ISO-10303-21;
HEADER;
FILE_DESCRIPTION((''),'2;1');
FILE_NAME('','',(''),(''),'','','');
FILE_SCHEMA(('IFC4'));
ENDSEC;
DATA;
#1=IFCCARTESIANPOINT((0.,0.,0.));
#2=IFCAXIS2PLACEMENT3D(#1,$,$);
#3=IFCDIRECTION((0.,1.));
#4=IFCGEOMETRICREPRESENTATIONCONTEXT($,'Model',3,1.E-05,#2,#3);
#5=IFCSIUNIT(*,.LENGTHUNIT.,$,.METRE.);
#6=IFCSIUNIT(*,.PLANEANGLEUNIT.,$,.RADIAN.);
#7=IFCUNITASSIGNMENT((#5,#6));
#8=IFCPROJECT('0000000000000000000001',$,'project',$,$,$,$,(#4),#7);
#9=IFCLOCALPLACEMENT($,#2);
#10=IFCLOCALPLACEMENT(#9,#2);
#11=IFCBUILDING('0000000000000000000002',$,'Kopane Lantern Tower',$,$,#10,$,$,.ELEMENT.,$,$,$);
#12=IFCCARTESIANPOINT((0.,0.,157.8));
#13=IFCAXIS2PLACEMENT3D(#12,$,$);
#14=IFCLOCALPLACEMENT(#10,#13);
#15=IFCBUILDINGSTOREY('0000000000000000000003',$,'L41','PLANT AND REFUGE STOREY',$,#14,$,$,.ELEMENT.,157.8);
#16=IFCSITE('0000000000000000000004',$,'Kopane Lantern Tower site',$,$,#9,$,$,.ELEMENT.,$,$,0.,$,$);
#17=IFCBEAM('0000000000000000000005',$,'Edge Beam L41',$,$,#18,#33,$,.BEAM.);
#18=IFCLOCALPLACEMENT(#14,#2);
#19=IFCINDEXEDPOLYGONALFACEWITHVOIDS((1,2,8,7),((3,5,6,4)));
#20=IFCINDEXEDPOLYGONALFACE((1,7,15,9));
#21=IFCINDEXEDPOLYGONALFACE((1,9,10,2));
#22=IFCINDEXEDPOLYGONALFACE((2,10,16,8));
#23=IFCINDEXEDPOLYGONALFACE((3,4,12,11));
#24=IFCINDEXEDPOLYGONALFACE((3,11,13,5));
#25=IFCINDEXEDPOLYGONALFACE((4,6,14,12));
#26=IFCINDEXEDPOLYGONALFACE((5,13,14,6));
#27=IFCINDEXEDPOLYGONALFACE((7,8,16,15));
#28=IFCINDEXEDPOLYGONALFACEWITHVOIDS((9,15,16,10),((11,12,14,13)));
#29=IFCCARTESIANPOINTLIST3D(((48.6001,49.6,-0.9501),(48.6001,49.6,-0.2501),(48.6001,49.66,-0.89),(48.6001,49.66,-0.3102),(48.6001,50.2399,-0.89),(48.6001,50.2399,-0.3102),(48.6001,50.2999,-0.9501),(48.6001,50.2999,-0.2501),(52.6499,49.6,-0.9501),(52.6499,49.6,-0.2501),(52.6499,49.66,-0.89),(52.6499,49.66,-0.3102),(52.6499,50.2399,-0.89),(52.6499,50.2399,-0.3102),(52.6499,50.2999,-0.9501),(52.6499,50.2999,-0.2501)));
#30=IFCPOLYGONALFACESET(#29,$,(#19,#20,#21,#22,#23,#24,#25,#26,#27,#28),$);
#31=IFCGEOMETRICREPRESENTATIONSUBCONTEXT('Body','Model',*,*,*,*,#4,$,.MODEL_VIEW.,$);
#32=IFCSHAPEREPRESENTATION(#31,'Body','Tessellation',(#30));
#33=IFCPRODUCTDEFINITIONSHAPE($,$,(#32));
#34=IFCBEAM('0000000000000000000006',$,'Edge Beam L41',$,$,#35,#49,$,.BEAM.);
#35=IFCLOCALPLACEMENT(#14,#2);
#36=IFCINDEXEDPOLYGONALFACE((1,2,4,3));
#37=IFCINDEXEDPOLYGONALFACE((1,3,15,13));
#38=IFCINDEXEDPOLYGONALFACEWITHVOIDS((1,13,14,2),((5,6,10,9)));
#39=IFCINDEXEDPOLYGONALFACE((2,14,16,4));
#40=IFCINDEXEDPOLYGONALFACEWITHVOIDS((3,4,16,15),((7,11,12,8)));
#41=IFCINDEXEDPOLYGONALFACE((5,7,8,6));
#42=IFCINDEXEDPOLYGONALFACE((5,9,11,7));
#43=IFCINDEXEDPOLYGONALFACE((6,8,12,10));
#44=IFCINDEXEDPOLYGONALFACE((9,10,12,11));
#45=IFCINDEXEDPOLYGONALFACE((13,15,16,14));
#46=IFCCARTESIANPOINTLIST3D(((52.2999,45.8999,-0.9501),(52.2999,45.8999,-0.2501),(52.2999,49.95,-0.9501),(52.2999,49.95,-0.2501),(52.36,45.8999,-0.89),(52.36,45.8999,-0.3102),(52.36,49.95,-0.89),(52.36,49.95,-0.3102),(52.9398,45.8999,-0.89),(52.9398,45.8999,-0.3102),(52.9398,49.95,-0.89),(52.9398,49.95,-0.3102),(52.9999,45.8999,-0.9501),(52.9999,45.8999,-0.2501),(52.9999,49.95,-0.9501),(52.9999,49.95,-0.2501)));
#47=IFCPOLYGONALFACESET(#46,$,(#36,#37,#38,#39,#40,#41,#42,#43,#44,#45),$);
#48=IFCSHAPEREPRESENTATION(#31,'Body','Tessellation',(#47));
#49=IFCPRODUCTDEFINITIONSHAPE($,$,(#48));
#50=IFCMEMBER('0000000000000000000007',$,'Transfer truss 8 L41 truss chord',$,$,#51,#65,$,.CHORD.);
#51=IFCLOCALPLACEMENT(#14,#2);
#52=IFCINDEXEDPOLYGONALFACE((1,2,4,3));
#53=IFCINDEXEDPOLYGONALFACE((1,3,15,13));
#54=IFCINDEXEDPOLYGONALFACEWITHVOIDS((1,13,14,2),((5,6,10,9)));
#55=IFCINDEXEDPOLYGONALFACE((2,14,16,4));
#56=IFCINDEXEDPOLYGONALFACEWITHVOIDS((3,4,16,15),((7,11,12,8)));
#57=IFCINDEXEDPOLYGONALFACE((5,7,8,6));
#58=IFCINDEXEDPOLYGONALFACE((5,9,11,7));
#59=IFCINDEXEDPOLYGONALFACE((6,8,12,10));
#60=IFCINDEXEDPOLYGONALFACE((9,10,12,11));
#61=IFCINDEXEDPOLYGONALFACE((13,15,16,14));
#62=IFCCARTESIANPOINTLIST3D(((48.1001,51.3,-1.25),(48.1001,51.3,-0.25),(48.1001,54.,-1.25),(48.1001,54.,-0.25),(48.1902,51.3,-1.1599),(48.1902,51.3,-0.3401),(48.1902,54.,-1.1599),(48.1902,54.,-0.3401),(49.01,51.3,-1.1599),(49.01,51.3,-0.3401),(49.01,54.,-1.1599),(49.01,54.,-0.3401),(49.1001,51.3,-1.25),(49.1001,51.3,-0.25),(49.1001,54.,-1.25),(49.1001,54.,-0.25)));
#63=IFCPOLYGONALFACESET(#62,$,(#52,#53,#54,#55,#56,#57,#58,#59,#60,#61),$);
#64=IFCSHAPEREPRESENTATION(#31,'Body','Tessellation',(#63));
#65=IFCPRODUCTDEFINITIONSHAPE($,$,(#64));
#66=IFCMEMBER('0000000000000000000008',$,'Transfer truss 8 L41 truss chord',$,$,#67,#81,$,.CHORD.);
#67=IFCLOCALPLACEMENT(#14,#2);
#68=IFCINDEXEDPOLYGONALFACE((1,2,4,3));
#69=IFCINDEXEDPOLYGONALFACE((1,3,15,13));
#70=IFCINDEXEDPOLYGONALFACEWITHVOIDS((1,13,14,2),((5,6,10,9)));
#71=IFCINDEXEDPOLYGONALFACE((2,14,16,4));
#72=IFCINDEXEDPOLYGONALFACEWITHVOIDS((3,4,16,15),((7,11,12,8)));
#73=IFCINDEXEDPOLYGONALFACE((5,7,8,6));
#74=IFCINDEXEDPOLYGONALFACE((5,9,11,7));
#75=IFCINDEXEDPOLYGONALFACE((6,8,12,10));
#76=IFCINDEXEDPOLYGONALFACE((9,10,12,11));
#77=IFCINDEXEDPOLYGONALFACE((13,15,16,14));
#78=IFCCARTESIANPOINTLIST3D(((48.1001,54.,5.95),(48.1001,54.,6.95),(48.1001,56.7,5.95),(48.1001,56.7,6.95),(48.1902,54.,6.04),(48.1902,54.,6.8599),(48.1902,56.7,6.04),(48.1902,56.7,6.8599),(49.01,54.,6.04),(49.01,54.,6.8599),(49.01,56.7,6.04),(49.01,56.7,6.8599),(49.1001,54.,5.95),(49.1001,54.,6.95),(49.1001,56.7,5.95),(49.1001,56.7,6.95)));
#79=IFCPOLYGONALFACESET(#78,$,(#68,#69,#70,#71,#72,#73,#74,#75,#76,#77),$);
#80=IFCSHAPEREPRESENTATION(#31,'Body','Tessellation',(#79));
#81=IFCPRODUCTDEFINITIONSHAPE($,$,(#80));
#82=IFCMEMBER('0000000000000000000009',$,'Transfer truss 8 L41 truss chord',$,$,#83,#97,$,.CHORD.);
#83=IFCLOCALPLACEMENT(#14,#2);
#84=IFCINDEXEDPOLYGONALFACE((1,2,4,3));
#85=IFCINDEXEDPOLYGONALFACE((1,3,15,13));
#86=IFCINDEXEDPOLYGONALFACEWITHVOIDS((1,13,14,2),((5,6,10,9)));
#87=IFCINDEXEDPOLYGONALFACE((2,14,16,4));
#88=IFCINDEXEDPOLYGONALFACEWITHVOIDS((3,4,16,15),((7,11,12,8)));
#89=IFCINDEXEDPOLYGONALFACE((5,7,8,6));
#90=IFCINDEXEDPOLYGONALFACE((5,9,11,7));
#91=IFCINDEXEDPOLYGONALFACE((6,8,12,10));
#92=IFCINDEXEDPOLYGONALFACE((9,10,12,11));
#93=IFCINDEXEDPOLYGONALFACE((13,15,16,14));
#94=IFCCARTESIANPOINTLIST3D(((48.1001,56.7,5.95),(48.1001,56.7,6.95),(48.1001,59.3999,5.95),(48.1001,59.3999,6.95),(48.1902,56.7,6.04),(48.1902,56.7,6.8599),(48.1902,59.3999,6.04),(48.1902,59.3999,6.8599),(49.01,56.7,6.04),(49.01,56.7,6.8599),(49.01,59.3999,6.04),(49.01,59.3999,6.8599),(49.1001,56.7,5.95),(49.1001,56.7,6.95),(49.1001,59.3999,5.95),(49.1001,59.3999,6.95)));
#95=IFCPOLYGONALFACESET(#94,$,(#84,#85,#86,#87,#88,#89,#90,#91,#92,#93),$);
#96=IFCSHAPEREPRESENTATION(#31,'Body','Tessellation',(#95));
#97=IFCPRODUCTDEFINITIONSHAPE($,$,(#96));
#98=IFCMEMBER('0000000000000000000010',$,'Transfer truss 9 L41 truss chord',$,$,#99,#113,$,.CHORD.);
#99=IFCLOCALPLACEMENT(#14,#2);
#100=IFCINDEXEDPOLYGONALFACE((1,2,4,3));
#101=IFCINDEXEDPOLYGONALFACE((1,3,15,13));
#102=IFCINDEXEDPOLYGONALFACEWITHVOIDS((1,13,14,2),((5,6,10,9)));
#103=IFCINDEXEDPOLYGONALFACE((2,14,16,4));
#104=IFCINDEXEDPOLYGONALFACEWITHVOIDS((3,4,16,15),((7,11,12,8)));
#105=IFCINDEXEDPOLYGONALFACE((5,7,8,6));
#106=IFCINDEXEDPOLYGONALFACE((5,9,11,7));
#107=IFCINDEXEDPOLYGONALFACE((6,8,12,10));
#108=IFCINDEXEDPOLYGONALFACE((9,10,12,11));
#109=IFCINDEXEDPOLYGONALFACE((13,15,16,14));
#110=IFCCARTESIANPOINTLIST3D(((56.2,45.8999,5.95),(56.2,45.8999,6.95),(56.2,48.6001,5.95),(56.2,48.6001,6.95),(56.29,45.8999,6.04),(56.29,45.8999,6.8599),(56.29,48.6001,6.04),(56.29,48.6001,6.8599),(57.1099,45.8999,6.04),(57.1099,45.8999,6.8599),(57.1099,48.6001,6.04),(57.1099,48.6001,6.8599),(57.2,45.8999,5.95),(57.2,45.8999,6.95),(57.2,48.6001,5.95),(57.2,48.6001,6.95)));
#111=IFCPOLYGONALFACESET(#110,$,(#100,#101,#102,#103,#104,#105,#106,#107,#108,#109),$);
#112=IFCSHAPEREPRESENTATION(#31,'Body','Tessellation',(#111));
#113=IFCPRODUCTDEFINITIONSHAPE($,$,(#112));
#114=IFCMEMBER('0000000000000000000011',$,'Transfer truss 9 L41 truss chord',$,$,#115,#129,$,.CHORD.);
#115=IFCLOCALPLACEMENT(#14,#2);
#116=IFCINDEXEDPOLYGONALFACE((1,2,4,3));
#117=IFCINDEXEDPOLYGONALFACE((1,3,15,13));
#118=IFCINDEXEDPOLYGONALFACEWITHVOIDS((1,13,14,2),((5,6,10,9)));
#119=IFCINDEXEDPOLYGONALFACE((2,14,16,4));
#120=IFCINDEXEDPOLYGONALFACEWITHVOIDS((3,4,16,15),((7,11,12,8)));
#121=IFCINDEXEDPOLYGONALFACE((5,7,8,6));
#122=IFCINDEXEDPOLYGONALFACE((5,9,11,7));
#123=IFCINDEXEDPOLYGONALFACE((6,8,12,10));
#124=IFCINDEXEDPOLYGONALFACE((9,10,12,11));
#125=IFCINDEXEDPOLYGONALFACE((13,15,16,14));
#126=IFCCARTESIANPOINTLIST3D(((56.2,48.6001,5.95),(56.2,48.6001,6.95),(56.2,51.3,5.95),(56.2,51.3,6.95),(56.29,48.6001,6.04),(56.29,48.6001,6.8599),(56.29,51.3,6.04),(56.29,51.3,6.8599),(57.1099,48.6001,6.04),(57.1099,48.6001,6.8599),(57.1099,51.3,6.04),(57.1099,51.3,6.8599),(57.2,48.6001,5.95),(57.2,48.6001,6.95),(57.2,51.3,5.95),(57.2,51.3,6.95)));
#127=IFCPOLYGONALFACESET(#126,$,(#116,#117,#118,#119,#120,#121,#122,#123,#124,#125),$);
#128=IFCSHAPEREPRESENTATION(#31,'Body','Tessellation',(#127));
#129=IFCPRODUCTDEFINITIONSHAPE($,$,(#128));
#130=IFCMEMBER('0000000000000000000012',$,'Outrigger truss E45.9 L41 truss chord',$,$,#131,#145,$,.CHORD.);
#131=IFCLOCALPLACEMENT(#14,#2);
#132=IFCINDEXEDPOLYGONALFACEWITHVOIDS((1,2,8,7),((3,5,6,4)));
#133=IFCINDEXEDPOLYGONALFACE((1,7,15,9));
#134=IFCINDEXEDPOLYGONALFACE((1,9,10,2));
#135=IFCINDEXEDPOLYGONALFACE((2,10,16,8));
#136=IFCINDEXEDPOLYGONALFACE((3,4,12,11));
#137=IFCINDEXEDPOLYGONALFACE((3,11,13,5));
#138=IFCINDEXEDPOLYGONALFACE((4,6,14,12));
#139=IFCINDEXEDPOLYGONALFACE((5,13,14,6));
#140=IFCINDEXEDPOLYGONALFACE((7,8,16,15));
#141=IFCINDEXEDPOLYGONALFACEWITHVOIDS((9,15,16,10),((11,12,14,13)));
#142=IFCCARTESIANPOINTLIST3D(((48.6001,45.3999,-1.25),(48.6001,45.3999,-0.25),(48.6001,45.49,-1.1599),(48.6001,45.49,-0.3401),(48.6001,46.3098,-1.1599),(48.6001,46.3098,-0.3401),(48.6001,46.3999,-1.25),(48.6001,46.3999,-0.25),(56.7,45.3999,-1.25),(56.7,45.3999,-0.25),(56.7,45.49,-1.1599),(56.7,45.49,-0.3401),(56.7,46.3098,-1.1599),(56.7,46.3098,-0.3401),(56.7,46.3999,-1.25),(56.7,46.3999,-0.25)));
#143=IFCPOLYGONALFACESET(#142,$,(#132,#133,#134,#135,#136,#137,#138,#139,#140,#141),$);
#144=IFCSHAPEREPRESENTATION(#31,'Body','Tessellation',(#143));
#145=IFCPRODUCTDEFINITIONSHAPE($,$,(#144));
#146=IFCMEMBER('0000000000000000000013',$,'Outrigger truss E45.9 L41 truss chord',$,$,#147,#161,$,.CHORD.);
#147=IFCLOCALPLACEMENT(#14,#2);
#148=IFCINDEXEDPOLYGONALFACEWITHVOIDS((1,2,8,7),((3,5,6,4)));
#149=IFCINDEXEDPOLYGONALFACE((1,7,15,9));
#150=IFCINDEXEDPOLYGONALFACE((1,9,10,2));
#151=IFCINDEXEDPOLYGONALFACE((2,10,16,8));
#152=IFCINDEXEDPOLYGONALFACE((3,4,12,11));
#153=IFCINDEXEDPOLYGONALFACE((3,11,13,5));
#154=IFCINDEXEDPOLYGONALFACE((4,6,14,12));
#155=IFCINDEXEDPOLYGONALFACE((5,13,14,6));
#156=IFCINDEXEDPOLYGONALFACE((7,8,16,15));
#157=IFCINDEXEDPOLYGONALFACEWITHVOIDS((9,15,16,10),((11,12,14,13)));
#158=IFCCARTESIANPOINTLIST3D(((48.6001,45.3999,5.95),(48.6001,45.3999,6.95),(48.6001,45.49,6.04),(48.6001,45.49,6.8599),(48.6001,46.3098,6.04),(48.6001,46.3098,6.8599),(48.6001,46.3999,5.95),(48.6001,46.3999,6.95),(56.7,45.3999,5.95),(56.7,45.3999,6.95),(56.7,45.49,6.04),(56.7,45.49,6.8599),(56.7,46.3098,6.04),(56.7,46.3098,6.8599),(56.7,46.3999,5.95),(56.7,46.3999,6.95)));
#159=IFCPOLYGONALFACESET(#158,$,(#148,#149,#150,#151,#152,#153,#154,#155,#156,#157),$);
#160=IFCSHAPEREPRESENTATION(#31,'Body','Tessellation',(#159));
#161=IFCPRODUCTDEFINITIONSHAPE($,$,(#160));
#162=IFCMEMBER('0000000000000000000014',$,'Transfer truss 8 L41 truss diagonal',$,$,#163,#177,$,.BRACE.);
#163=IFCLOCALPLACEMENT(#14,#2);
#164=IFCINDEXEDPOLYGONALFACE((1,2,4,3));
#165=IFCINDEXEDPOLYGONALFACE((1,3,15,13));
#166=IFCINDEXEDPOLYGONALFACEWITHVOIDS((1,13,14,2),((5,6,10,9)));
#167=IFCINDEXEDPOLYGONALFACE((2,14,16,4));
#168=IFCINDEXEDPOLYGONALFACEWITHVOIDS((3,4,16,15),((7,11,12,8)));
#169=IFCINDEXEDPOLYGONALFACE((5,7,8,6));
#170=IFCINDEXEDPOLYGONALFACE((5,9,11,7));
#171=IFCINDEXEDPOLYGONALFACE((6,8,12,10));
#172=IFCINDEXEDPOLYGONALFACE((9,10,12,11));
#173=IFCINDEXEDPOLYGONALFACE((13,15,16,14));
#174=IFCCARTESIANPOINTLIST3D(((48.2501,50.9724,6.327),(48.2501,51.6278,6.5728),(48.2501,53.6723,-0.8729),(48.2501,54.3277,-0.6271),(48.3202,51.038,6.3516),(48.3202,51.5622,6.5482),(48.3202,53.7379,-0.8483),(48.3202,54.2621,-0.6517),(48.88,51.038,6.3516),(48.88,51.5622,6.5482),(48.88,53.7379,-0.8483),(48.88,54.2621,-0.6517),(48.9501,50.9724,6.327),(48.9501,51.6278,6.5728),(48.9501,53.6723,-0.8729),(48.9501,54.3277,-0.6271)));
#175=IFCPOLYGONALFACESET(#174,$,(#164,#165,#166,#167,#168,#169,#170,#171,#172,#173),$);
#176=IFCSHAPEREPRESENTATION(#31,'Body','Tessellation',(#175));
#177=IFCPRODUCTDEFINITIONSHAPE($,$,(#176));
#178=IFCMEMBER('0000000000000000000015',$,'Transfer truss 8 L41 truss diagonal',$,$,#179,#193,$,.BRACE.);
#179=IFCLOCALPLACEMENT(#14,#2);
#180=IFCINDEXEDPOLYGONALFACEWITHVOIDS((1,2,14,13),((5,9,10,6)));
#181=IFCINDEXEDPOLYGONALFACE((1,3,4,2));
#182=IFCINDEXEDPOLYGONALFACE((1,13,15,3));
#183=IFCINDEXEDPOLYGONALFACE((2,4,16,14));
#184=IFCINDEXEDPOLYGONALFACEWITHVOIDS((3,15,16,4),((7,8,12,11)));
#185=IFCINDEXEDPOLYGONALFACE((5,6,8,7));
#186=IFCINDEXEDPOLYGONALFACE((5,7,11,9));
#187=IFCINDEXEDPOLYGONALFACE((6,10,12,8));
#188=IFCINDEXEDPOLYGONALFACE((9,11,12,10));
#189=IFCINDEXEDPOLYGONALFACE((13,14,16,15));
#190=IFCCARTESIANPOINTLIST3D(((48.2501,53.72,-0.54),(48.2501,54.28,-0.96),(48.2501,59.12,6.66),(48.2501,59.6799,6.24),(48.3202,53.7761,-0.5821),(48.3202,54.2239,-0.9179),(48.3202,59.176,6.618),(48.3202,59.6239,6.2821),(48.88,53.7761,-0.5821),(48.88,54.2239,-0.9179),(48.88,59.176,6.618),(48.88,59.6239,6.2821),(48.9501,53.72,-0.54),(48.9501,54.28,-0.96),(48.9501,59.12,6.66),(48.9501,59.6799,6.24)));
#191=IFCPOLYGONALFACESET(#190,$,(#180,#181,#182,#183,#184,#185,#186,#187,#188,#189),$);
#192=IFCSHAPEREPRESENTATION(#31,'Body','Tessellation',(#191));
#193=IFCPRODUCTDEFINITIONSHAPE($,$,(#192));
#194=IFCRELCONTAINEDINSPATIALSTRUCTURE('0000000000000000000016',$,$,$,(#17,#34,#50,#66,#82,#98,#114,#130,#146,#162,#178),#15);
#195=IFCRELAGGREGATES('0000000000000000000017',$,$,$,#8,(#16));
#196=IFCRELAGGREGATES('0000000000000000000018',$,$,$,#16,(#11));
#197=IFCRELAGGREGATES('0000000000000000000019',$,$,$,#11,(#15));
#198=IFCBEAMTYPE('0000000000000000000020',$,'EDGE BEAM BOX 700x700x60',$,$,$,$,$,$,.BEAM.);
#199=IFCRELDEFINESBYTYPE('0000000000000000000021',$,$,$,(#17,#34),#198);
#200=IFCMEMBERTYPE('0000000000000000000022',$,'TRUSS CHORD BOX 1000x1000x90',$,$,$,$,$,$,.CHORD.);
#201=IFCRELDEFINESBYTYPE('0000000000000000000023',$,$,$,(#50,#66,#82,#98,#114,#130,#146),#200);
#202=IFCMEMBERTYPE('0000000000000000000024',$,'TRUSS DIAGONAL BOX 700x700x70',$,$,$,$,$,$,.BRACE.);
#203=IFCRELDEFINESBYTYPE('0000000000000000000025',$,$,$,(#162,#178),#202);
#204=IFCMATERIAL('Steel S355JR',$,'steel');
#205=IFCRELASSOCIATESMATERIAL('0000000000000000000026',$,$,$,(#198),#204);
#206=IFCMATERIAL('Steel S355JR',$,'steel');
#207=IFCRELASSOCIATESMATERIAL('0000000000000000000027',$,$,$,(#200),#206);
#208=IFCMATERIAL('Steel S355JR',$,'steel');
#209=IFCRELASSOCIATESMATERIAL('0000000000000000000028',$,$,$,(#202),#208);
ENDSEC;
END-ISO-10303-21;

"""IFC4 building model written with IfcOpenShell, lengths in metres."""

from ifc_helpers import new_model, si_unit, direction, frame, origin, origin_2d, place, context, subcontext, project, spatial, hollow_rectangle, extrude, material, material_profile, profile_set, type_object, element, save


model = new_model("IFC4")

# Units and contexts
model_context = context("Model", 3, precision=1e-05, world=origin(), true_north=direction((0.0, 1.0)))
body_context = subcontext(model_context, "Body", "Model", "MODEL_VIEW")
ifc_project = project(units=[si_unit("LENGTHUNIT", "METRE"), si_unit("PLANEANGLEUNIT", "RADIAN")], contexts=[model_context])

# Site, building, storey
site_placement = place(None, origin())
site = spatial("IfcSite", under=ifc_project, at=site_placement, Name="Kopane Lantern Tower site", CompositionType="ELEMENT", RefElevation=0.0)
building_placement = place(site_placement, origin())
building = spatial("IfcBuilding", under=site, at=building_placement, Name="Kopane Lantern Tower", CompositionType="ELEMENT")
storey_placement = place(building_placement, frame((0.0, 0.0, 157.8)))
storey = spatial("IfcBuildingStorey", under=building, at=storey_placement, Name="L41", Description="PLANT AND REFUGE STOREY", CompositionType="ELEMENT", Elevation=157.8)

# Beams
ifc_material_1 = material(Name="Steel S355JR", Category="steel")
ifc_material_profile_1 = material_profile(ifc_material_1, hollow_rectangle(XDim=0.7, YDim=0.7, WallThickness=0.0601, at=origin_2d()), Name="BOX 700x700x60")
ifc_profile_set_1 = profile_set([ifc_material_profile_1], Name="Steel S355JR")
beam_type = type_object("IfcBeamType", Name="EDGE BEAM BOX 700x700x60", PredefinedType="BEAM", material=ifc_profile_set_1)
beam_1_placement = place(storey_placement, frame((52.6499, 49.95, -0.6001), z_axis=(-1.0, 0.0, 0.0), x_axis=(0.0, -1.0, 0.0)))
element("IfcBeam", 1, at=beam_1_placement, inside=storey, type_object=beam_type, Name="Edge Beam L41", PredefinedType="BEAM", context=body_context, shape_type="SweptSolid", body=[
    extrude(hollow_rectangle(XDim=0.7, YDim=0.7, WallThickness=0.0601, at=origin_2d()), origin(), (0.0, 0.0, 1.0), 4.0498),
])
beam_2_placement = place(storey_placement, frame((52.6499, 49.95, -0.6001), z_axis=(0.0, -1.0, 0.0), x_axis=(1.0, 0.0, 0.0)))
element("IfcBeam", 2, at=beam_2_placement, inside=storey, type_object=beam_type, Name="Edge Beam L41", PredefinedType="BEAM", context=body_context, shape_type="SweptSolid", body=[
    extrude(hollow_rectangle(XDim=0.7, YDim=0.7, WallThickness=0.0601, at=origin_2d()), origin(), (0.0, 0.0, 1.0), 4.05),
])

# Members
ifc_material_2 = material(Name="Steel S355JR", Category="steel")
ifc_material_profile_2 = material_profile(ifc_material_2, hollow_rectangle(XDim=1.0, YDim=1.0, WallThickness=0.0901, at=origin_2d()), Name="BOX 1000x1000x90")
ifc_profile_set_2 = profile_set([ifc_material_profile_2], Name="Steel S355JR")
member_type_1 = type_object("IfcMemberType", Name="TRUSS CHORD BOX 1000x1000x90", PredefinedType="CHORD", material=ifc_profile_set_2)
for number, where, z_axis, x_axis, name in (
    (3, (48.6001, 51.3, -0.75), (0.0, 1.0, 0.0), (-1.0, 0.0, 0.0), "Transfer truss 8 L41 truss chord"),
    (4, (48.6001, 54.0, 6.45), (0.0, 1.0, 0.0), (-1.0, 0.0, 0.0), "Transfer truss 8 L41 truss chord"),
    (5, (48.6001, 56.7, 6.45), (0.0, 1.0, 0.0), (-1.0, 0.0, 0.0), "Transfer truss 8 L41 truss chord"),
):
    element("IfcMember", number, at=place(storey_placement, frame(where, z_axis=z_axis, x_axis=x_axis)), inside=storey, type_object=member_type_1, Name=name, PredefinedType="CHORD", context=body_context, shape_type="SweptSolid", body=[
        extrude(hollow_rectangle(XDim=1.0, YDim=1.0, WallThickness=0.0901, at=origin_2d()), origin(), (0.0, 0.0, 1.0), 2.7),
    ])
member_1_placement = place(storey_placement, frame((56.7, 45.8999, 6.45), z_axis=(0.0, 1.0, 0.0), x_axis=(-1.0, 0.0, 0.0)))
element("IfcMember", 6, at=member_1_placement, inside=storey, type_object=member_type_1, Name="Transfer truss 9 L41 truss chord", PredefinedType="CHORD", context=body_context, shape_type="SweptSolid", body=[
    extrude(hollow_rectangle(XDim=1.0, YDim=1.0, WallThickness=0.0901, at=origin_2d()), origin(), (0.0, 0.0, 1.0), 2.7002),
])
member_2_placement = place(storey_placement, frame((56.7, 48.6001, 6.45), z_axis=(0.0, 1.0, 0.0), x_axis=(-1.0, 0.0, 0.0)))
element("IfcMember", 7, at=member_2_placement, inside=storey, type_object=member_type_1, Name="Transfer truss 9 L41 truss chord", PredefinedType="CHORD", context=body_context, shape_type="SweptSolid", body=[
    extrude(hollow_rectangle(XDim=1.0, YDim=1.0, WallThickness=0.0901, at=origin_2d()), origin(), (0.0, 0.0, 1.0), 2.7),
])
for number, where, z_axis, x_axis, name in (
    (8, (56.7, 45.8999, -0.75), (-1.0, 0.0, 0.0), (0.0, -1.0, 0.0), "Outrigger truss E45.9 L41 truss chord"),
    (9, (56.7, 45.8999, 6.45), (-1.0, 0.0, 0.0), (0.0, -1.0, 0.0), "Outrigger truss E45.9 L41 truss chord"),
):
    element("IfcMember", number, at=place(storey_placement, frame(where, z_axis=z_axis, x_axis=x_axis)), inside=storey, type_object=member_type_1, Name=name, PredefinedType="CHORD", context=body_context, shape_type="SweptSolid", body=[
        extrude(hollow_rectangle(XDim=1.0, YDim=1.0, WallThickness=0.0901, at=origin_2d()), origin(), (0.0, 0.0, 1.0), 8.0999),
    ])
ifc_material_3 = material(Name="Steel S355JR", Category="steel")
ifc_material_profile_3 = material_profile(ifc_material_3, hollow_rectangle(XDim=0.7, YDim=0.7, WallThickness=0.0701, at=origin_2d()), Name="BOX 700x700x70")
ifc_profile_set_3 = profile_set([ifc_material_profile_3], Name="Steel S355JR")
member_type_2 = type_object("IfcMemberType", Name="TRUSS DIAGONAL BOX 700x700x70", PredefinedType="BRACE", material=ifc_profile_set_3)
member_3_placement = place(storey_placement, frame((48.6001, 54.0, -0.75), z_axis=(0.0, -0.35112, 0.93633), x_axis=(1.0, 0.0, 0.0)))
element("IfcMember", 10, at=member_3_placement, inside=storey, type_object=member_type_2, Name="Transfer truss 8 L41 truss diagonal", PredefinedType="BRACE", context=body_context, shape_type="SweptSolid", body=[
    extrude(hollow_rectangle(XDim=0.7, YDim=0.7, WallThickness=0.0701, at=origin_2d()), origin(), (0.0, 0.0, 1.0), 7.6895),
])
member_4_placement = place(storey_placement, frame((48.6001, 54.0, -0.75), z_axis=(0.0, 0.599996, 0.800003), x_axis=(-1.0, 0.0, 0.0)))
element("IfcMember", 11, at=member_4_placement, inside=storey, type_object=member_type_2, Name="Transfer truss 8 L41 truss diagonal", PredefinedType="BRACE", context=body_context, shape_type="SweptSolid", body=[
    extrude(hollow_rectangle(XDim=0.7, YDim=0.7, WallThickness=0.0701, at=origin_2d()), origin(), (0.0, 0.0, 1.0), 9.0),
])

save(model, "model.ifc")
